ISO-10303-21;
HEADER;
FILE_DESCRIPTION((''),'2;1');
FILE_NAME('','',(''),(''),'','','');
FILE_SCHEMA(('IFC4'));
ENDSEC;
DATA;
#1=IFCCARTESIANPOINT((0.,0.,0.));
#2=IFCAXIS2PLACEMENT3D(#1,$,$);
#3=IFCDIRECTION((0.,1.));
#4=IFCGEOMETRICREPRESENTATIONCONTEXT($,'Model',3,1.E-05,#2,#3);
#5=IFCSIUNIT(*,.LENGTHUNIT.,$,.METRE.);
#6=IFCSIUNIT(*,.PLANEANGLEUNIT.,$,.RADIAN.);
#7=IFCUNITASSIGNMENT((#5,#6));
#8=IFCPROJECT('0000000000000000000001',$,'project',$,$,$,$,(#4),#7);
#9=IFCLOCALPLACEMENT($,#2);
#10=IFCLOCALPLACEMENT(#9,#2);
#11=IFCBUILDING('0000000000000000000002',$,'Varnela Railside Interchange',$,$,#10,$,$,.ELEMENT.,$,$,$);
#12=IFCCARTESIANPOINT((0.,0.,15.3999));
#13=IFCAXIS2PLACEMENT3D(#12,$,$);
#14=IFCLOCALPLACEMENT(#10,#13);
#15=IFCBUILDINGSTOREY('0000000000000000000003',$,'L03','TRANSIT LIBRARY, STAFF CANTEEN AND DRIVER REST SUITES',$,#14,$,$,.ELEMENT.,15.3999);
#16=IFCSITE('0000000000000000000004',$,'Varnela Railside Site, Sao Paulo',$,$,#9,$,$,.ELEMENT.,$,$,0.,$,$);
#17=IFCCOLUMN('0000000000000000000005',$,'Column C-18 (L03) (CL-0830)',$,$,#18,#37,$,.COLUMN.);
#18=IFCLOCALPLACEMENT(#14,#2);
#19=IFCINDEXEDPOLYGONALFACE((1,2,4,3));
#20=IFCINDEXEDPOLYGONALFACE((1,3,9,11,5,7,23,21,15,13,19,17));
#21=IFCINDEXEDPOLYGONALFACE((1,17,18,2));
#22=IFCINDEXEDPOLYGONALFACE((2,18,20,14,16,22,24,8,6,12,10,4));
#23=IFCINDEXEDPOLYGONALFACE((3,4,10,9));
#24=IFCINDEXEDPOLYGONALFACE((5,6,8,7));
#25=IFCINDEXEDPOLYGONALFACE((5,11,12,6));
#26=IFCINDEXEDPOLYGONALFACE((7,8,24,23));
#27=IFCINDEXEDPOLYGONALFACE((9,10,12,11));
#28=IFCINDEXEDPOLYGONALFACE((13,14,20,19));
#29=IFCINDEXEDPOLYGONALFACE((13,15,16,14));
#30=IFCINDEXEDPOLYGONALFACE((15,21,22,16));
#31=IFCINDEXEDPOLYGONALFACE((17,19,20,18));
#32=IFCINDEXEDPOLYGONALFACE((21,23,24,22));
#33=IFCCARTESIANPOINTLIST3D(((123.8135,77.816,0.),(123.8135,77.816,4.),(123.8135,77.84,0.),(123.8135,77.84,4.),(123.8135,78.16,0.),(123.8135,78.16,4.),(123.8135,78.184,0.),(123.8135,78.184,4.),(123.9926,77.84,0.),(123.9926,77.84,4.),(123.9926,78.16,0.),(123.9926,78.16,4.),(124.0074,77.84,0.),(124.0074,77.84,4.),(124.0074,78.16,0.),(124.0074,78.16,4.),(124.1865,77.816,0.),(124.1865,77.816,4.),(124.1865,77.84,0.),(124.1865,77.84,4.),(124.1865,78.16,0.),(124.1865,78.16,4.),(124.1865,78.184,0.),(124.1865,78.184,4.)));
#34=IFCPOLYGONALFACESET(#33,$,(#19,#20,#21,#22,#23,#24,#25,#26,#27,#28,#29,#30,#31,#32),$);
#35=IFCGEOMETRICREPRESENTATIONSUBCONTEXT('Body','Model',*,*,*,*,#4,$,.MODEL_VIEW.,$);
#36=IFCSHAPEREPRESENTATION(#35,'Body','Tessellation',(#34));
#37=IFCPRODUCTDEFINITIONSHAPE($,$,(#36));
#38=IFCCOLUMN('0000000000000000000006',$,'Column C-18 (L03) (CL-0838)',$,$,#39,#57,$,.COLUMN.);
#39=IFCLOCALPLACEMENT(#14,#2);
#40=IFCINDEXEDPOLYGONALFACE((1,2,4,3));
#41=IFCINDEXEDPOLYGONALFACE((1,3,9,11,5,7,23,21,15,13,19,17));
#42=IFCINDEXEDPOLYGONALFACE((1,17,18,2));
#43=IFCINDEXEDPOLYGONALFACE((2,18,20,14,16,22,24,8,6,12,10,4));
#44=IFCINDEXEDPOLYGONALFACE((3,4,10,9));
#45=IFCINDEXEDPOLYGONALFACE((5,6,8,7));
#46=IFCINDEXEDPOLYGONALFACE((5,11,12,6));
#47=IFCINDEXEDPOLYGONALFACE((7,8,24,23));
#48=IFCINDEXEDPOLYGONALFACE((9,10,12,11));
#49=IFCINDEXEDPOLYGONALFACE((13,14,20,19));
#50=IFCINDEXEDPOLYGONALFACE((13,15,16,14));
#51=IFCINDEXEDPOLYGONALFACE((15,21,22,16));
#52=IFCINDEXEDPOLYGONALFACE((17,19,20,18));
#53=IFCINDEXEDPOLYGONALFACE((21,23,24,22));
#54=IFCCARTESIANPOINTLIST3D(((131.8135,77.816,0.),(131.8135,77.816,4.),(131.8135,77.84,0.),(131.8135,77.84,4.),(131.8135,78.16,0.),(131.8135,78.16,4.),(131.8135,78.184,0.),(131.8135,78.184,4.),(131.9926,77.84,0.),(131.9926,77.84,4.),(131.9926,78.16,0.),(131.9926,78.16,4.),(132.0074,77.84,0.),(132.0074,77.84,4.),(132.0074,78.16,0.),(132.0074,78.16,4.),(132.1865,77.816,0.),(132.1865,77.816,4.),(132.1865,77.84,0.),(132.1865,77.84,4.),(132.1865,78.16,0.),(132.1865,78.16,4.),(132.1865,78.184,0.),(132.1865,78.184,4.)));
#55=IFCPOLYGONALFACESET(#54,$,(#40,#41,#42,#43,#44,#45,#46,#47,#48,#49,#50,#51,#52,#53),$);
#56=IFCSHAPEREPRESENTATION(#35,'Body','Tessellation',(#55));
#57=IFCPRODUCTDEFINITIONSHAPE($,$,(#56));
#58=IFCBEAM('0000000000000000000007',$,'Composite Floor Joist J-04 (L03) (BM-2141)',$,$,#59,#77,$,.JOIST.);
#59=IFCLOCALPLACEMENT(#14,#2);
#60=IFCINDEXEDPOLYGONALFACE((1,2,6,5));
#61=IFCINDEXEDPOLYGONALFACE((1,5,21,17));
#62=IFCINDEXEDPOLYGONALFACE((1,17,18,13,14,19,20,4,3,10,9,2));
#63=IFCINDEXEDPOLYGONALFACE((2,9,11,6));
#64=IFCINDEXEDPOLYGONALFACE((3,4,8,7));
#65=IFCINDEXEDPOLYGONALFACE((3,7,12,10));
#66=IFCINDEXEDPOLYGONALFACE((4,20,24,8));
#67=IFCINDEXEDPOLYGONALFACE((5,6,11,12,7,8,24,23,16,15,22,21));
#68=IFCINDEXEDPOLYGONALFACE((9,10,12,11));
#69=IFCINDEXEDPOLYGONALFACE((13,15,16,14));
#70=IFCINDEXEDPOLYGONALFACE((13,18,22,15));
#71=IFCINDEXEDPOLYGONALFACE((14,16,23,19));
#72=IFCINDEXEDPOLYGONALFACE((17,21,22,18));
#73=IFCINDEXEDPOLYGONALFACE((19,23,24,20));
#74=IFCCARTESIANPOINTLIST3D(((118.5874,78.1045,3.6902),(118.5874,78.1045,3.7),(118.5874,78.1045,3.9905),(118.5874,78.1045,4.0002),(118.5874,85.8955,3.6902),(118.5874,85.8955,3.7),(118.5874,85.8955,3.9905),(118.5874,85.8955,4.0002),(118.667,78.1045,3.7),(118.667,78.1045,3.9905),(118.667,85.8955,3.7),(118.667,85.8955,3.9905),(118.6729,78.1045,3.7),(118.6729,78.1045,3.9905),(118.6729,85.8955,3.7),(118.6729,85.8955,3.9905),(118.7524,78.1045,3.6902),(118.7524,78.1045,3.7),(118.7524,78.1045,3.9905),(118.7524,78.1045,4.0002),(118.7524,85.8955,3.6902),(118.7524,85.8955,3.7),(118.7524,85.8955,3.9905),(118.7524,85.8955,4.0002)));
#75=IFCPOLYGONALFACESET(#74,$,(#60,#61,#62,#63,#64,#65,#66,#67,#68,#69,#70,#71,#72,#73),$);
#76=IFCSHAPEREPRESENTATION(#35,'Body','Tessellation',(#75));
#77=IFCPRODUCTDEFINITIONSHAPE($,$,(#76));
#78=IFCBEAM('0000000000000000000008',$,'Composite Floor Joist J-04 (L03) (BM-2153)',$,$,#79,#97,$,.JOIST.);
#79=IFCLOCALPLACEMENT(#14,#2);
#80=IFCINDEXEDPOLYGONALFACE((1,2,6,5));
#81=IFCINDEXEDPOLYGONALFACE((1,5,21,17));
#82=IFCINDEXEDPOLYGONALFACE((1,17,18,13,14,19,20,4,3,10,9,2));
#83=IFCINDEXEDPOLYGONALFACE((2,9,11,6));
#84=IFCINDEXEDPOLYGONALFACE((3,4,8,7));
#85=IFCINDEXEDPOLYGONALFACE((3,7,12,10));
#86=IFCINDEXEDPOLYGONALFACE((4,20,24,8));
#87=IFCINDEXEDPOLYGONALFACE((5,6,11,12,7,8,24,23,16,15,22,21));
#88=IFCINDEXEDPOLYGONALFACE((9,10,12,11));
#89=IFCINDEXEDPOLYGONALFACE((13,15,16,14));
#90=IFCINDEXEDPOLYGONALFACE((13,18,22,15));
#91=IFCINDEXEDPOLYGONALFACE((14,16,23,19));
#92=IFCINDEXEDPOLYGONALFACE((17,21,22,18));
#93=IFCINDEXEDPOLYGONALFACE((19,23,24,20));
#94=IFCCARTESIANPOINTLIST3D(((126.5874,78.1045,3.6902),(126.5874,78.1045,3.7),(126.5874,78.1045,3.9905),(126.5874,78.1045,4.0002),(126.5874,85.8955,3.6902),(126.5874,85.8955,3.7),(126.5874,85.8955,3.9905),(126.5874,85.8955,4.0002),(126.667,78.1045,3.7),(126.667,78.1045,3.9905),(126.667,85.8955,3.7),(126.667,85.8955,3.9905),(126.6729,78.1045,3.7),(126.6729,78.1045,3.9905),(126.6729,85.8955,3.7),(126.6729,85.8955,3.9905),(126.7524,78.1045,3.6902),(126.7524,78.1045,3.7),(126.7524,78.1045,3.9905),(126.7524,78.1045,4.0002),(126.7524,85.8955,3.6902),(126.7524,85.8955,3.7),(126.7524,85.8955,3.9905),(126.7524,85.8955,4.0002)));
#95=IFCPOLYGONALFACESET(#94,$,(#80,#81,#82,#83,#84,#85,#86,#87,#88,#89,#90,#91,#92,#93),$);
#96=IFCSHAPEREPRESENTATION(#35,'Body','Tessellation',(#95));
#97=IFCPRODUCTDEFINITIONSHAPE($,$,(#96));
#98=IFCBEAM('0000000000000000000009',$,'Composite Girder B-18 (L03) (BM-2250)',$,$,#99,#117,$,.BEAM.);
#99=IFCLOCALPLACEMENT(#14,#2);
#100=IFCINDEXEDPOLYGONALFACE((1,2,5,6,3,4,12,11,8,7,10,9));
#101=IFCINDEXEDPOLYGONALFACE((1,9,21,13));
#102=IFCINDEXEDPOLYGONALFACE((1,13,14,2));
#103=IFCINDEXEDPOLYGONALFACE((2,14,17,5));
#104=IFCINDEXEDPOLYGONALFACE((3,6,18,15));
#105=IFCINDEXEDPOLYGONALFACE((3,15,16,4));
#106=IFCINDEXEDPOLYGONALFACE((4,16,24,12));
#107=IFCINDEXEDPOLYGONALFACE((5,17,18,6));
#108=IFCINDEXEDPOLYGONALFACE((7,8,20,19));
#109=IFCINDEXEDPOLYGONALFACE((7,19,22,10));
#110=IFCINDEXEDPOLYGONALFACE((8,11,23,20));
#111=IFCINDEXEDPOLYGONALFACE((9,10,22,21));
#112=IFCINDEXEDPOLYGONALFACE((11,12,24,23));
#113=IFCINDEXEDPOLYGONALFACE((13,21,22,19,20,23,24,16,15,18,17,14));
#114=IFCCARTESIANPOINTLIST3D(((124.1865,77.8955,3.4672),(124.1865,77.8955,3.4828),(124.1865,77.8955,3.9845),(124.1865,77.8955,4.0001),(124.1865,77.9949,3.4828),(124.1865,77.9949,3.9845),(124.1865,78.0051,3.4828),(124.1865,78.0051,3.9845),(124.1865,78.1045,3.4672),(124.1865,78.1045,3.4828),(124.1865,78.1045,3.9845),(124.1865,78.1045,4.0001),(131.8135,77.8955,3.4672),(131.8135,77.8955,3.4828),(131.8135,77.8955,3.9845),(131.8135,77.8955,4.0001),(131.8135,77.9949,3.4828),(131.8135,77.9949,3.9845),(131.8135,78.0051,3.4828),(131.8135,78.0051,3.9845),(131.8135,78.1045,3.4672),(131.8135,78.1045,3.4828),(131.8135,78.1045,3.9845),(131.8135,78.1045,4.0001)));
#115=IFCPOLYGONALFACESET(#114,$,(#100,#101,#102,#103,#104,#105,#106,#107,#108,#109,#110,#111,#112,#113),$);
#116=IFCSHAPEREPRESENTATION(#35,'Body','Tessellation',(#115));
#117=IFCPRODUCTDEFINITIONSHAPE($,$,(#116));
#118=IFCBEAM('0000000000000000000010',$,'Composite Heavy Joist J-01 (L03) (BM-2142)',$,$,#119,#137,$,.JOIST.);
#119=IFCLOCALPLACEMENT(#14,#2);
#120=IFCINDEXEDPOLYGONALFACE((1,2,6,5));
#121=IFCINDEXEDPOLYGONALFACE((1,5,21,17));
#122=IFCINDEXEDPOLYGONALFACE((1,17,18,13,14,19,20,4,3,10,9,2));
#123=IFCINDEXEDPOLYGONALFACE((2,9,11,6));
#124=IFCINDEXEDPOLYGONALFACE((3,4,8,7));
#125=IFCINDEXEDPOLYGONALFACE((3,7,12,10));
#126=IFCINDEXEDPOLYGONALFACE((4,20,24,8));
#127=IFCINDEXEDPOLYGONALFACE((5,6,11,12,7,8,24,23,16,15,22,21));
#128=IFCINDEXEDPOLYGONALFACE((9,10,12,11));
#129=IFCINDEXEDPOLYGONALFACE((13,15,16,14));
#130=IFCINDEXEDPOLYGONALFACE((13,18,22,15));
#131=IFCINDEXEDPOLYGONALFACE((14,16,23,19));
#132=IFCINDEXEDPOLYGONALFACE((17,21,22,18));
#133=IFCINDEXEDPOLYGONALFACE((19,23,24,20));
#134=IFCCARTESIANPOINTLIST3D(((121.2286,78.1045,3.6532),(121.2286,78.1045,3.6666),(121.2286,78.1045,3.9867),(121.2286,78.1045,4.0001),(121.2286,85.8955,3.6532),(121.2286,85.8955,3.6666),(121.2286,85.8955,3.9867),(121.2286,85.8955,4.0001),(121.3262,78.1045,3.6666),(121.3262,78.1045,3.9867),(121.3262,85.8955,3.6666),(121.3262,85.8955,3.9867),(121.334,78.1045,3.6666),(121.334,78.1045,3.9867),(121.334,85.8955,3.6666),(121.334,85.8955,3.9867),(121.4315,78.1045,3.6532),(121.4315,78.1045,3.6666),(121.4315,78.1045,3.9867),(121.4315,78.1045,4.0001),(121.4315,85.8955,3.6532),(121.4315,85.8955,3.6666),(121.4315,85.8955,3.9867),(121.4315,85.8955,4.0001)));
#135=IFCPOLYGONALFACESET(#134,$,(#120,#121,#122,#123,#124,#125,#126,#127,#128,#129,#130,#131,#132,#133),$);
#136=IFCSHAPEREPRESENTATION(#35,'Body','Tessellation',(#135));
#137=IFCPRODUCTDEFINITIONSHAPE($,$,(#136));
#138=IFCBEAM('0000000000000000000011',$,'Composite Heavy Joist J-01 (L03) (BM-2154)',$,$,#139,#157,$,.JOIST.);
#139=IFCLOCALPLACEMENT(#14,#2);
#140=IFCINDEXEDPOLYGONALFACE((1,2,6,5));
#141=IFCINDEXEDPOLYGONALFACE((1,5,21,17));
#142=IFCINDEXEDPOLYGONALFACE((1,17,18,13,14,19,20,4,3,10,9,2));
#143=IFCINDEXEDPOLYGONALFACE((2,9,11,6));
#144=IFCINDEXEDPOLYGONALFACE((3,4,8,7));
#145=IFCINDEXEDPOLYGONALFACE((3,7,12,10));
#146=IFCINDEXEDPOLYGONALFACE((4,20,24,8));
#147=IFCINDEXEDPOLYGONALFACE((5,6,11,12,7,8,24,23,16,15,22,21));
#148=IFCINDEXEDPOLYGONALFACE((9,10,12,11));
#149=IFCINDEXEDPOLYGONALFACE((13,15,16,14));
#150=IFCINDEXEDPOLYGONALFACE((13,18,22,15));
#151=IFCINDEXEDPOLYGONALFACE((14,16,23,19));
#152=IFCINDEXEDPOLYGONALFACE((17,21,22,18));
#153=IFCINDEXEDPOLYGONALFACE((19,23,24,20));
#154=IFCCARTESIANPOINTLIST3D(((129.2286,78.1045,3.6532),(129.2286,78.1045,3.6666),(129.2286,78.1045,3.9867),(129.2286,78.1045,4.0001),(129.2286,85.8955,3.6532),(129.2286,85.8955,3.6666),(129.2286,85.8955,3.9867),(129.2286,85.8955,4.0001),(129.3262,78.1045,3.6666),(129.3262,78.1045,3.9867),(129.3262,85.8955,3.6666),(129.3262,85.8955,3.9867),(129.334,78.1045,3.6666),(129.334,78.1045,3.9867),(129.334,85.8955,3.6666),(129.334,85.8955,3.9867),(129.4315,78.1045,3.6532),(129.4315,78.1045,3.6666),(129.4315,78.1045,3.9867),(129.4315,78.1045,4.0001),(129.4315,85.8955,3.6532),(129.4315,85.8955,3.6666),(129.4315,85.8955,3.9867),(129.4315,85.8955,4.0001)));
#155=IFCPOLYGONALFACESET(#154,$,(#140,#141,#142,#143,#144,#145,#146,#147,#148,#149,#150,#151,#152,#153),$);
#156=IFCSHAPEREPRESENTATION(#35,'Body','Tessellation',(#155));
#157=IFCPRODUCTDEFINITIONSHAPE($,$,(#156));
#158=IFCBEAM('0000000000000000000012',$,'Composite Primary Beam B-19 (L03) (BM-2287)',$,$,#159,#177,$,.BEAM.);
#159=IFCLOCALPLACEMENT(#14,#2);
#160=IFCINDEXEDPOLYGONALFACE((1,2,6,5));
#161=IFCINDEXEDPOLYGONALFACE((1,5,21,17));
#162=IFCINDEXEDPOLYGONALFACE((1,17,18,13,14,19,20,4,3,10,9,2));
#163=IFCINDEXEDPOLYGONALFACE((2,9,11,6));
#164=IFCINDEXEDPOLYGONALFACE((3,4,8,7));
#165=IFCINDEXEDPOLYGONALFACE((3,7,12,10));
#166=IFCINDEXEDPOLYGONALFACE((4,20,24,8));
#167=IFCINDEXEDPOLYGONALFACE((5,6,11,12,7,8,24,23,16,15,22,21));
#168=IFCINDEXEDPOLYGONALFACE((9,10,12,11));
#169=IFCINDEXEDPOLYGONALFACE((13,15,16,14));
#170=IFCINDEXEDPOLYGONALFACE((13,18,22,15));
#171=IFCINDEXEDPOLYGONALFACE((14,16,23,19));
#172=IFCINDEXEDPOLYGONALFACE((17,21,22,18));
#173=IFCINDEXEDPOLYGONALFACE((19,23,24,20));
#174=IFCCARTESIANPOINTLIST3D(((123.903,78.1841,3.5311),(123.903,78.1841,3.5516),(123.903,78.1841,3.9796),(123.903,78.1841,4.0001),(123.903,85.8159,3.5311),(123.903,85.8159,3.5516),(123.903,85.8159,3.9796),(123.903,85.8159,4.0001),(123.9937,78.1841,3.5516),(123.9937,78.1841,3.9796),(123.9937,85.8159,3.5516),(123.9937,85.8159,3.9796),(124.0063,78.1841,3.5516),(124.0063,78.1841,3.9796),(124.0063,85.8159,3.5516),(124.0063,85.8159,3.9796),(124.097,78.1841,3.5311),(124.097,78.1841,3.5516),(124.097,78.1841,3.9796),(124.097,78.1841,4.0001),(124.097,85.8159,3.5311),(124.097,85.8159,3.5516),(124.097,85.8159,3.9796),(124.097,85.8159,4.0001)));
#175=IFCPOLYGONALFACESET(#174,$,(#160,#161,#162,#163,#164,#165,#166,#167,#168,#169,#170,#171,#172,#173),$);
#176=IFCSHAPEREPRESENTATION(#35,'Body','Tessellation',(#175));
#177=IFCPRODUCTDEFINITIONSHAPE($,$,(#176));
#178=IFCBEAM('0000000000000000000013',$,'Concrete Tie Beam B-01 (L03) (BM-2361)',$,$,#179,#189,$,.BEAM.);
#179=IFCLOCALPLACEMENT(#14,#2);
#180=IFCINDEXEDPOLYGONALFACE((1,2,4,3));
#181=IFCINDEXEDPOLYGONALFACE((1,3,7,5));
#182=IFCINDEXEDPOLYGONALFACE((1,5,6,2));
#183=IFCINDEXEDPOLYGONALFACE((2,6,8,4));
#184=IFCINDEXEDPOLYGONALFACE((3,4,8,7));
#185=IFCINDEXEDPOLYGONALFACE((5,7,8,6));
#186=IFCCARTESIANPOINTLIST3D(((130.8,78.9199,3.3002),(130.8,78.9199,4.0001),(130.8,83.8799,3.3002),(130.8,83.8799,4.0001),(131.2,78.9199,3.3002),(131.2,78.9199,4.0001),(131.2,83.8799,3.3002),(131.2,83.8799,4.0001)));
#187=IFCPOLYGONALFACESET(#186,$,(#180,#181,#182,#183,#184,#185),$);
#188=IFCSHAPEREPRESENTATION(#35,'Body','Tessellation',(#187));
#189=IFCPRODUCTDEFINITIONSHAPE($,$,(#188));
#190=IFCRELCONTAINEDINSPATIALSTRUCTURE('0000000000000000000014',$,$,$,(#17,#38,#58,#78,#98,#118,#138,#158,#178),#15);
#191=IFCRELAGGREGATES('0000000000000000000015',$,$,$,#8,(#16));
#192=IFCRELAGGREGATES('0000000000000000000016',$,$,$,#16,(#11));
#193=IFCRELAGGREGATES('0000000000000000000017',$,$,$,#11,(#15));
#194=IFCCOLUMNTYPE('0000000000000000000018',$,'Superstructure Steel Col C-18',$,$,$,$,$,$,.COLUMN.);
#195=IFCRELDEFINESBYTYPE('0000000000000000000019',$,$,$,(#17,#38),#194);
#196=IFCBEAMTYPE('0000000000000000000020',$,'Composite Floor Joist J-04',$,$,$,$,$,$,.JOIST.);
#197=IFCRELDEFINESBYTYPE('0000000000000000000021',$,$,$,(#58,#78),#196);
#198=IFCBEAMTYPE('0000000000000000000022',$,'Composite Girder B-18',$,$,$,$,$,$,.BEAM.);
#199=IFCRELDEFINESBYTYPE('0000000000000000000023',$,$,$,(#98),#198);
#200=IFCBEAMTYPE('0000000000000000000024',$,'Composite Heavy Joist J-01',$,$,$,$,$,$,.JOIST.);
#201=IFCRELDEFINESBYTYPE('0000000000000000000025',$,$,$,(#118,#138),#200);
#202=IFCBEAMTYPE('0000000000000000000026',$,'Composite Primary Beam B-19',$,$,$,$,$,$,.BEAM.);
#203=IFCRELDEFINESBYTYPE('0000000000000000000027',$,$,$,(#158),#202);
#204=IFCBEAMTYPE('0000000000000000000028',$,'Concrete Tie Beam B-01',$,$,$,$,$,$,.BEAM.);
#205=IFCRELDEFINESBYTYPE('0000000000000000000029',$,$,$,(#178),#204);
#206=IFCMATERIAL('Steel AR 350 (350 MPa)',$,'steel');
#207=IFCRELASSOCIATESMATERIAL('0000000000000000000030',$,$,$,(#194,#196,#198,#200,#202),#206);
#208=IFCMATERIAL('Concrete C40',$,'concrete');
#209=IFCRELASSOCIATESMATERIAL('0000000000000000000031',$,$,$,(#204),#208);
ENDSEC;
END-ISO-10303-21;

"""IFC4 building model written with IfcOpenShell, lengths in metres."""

from ifc_helpers import new_model, si_unit, direction, frame, origin, origin_2d, place, context, subcontext, project, spatial, rectangle, i_section, extrude, material, material_profile, profile_set, type_object, element, save


model = new_model("IFC4")

# Units and contexts
model_context = context("Model", 3, precision=1e-05, world=origin(), true_north=direction((0.0, 1.0)))
body_context = subcontext(model_context, "Body", "Model", "MODEL_VIEW")
ifc_project = project(units=[si_unit("LENGTHUNIT", "METRE"), si_unit("PLANEANGLEUNIT", "RADIAN")], contexts=[model_context])

# Site, building, storey
site_placement = place(None, origin())
site = spatial("IfcSite", under=ifc_project, at=site_placement, Name="Varnela Railside Site, Sao Paulo", CompositionType="ELEMENT", RefElevation=0.0)
building_placement = place(site_placement, origin())
building = spatial("IfcBuilding", under=site, at=building_placement, Name="Varnela Railside Interchange", CompositionType="ELEMENT")
storey_placement = place(building_placement, frame((0.0, 0.0, 15.3999)))
storey = spatial("IfcBuildingStorey", under=building, at=storey_placement, Name="L03", Description="TRANSIT LIBRARY, STAFF CANTEEN AND DRIVER REST SUITES", CompositionType="ELEMENT", Elevation=15.3999)

# Columns
ifc_material_1 = material(Name="Steel AR 350 (350 MPa)", Category="steel")
ifc_material_profile_1 = material_profile(ifc_material_1, i_section(OverallWidth=0.373, OverallDepth=0.3679, WebThickness=0.0149, FlangeThickness=0.0239, at=origin_2d()), Name="W360x179")
ifc_profile_set_1 = profile_set([ifc_material_profile_1], Name="Steel AR 350 (350 MPa)")
column_type = type_object("IfcColumnType", Name="Superstructure Steel Col C-18", PredefinedType="COLUMN", material=ifc_profile_set_1)
for number, where, z_axis, x_axis, name in (
    (1, (124.0, 78.0, 0.0), (0.0, 0.0, 1.0), (1.0, 0.0, 0.0), "Column C-18 (L03) (CL-0830)"),
    (2, (132.0, 78.0, 0.0), (0.0, 0.0, 1.0), (1.0, 0.0, 0.0), "Column C-18 (L03) (CL-0838)"),
):
    element("IfcColumn", number, at=place(storey_placement, frame(where, z_axis=z_axis, x_axis=x_axis)), inside=storey, type_object=column_type, Name=name, PredefinedType="COLUMN", context=body_context, shape_type="SweptSolid", body=[
        extrude(i_section(OverallWidth=0.373, OverallDepth=0.3679, WebThickness=0.0149, FlangeThickness=0.0239, at=origin_2d()), origin(), (0.0, 0.0, 1.0), 4.0),
    ])

# Beams
ifc_material_profile_2 = material_profile(ifc_material_1, i_section(OverallWidth=0.165, OverallDepth=0.3101, WebThickness=0.0059, FlangeThickness=0.0098, at=origin_2d()), Name="W310x38.7")
ifc_profile_set_2 = profile_set([ifc_material_profile_2], Name="Steel AR 350 (350 MPa)")
beam_type_1 = type_object("IfcBeamType", Name="Composite Floor Joist J-04", PredefinedType="JOIST", material=ifc_profile_set_2)
for number, where, z_axis, x_axis, name in (
    (3, (118.6699, 78.1045, 3.8452), (0.0, 1.0, 0.0), (-1.0, 0.0, 0.0), "Composite Floor Joist J-04 (L03) (BM-2141)"),
    (4, (126.6699, 78.1045, 3.8452), (0.0, 1.0, 0.0), (-1.0, 0.0, 0.0), "Composite Floor Joist J-04 (L03) (BM-2153)"),
):
    element("IfcBeam", number, at=place(storey_placement, frame(where, z_axis=z_axis, x_axis=x_axis)), inside=storey, type_object=beam_type_1, Name=name, PredefinedType="JOIST", context=body_context, shape_type="SweptSolid", body=[
        extrude(i_section(OverallWidth=0.165, OverallDepth=0.3101, WebThickness=0.0059, FlangeThickness=0.0098, at=origin_2d()), origin(), (0.0, 0.0, 1.0), 7.791),
    ])
ifc_material_profile_3 = material_profile(ifc_material_1, i_section(OverallWidth=0.209, OverallDepth=0.533, WebThickness=0.0103, FlangeThickness=0.0156, at=origin_2d()), Name="W530x92")
ifc_profile_set_3 = profile_set([ifc_material_profile_3], Name="Steel AR 350 (350 MPa)")
beam_type_2 = type_object("IfcBeamType", Name="Composite Girder B-18", PredefinedType="BEAM", material=ifc_profile_set_3)
beam_1_placement = place(storey_placement, frame((124.1865, 78.0, 3.7336), z_axis=(1.0, 0.0, 0.0), x_axis=(0.0, 1.0, 0.0)))
element("IfcBeam", 5, at=beam_1_placement, inside=storey, type_object=beam_type_2, Name="Composite Girder B-18 (L03) (BM-2250)", PredefinedType="BEAM", context=body_context, shape_type="SweptSolid", body=[
    extrude(i_section(OverallWidth=0.209, OverallDepth=0.533, WebThickness=0.0103, FlangeThickness=0.0156, at=origin_2d()), origin(), (0.0, 0.0, 1.0), 7.627),
])
ifc_material_profile_4 = material_profile(ifc_material_1, i_section(OverallWidth=0.2029, OverallDepth=0.3469, WebThickness=0.0078, FlangeThickness=0.0134, at=origin_2d()), Name="W360x64")
ifc_profile_set_4 = profile_set([ifc_material_profile_4], Name="Steel AR 350 (350 MPa)")
beam_type_3 = type_object("IfcBeamType", Name="Composite Heavy Joist J-01", PredefinedType="JOIST", material=ifc_profile_set_4)
for number, where, z_axis, x_axis, name in (
    (6, (121.3301, 78.1045, 3.8267), (0.0, 1.0, 0.0), (-1.0, 0.0, 0.0), "Composite Heavy Joist J-01 (L03) (BM-2142)"),
    (7, (129.3301, 78.1045, 3.8267), (0.0, 1.0, 0.0), (-1.0, 0.0, 0.0), "Composite Heavy Joist J-01 (L03) (BM-2154)"),
):
    element("IfcBeam", number, at=place(storey_placement, frame(where, z_axis=z_axis, x_axis=x_axis)), inside=storey, type_object=beam_type_3, Name=name, PredefinedType="JOIST", context=body_context, shape_type="SweptSolid", body=[
        extrude(i_section(OverallWidth=0.2029, OverallDepth=0.3469, WebThickness=0.0078, FlangeThickness=0.0134, at=origin_2d()), origin(), (0.0, 0.0, 1.0), 7.791),
    ])
ifc_material_profile_5 = material_profile(ifc_material_1, i_section(OverallWidth=0.1941, OverallDepth=0.469, WebThickness=0.0127, FlangeThickness=0.0205, at=origin_2d()), Name="W460x106")
ifc_profile_set_5 = profile_set([ifc_material_profile_5], Name="Steel AR 350 (350 MPa)")
beam_type_4 = type_object("IfcBeamType", Name="Composite Primary Beam B-19", PredefinedType="BEAM", material=ifc_profile_set_5)
beam_2_placement = place(storey_placement, frame((124.0, 78.1841, 3.7656), z_axis=(0.0, 1.0, 0.0), x_axis=(-1.0, 0.0, 0.0)))
element("IfcBeam", 8, at=beam_2_placement, inside=storey, type_object=beam_type_4, Name="Composite Primary Beam B-19 (L03) (BM-2287)", PredefinedType="BEAM", context=body_context, shape_type="SweptSolid", body=[
    extrude(i_section(OverallWidth=0.1941, OverallDepth=0.469, WebThickness=0.0127, FlangeThickness=0.0205, at=origin_2d()), origin(), (0.0, 0.0, 1.0), 7.6318),
])
ifc_material_2 = material(Name="Concrete C40", Category="concrete")
ifc_material_profile_6 = material_profile(ifc_material_2, rectangle(XDim=0.3999, YDim=0.7, at=origin_2d()), Name="RC 400x700")
ifc_profile_set_6 = profile_set([ifc_material_profile_6], Name="Concrete C40")
beam_type_5 = type_object("IfcBeamType", Name="Concrete Tie Beam B-01", PredefinedType="BEAM", material=ifc_profile_set_6)
for number, where, z_axis, x_axis, name in (
    (9, (131.0, 78.9199, 3.6501), (0.0, 1.0, 0.0), (-1.0, 0.0, 0.0), "Concrete Tie Beam B-01 (L03) (BM-2361)"),
):
    element("IfcBeam", number, at=place(storey_placement, frame(where, z_axis=z_axis, x_axis=x_axis)), inside=storey, type_object=beam_type_5, Name=name, PredefinedType="BEAM", context=body_context, shape_type="SweptSolid", body=[
        extrude(rectangle(XDim=0.3999, YDim=0.7, at=origin_2d()), origin(), (0.0, 0.0, 1.0), 4.96),
    ])

save(model, "model.ifc")
